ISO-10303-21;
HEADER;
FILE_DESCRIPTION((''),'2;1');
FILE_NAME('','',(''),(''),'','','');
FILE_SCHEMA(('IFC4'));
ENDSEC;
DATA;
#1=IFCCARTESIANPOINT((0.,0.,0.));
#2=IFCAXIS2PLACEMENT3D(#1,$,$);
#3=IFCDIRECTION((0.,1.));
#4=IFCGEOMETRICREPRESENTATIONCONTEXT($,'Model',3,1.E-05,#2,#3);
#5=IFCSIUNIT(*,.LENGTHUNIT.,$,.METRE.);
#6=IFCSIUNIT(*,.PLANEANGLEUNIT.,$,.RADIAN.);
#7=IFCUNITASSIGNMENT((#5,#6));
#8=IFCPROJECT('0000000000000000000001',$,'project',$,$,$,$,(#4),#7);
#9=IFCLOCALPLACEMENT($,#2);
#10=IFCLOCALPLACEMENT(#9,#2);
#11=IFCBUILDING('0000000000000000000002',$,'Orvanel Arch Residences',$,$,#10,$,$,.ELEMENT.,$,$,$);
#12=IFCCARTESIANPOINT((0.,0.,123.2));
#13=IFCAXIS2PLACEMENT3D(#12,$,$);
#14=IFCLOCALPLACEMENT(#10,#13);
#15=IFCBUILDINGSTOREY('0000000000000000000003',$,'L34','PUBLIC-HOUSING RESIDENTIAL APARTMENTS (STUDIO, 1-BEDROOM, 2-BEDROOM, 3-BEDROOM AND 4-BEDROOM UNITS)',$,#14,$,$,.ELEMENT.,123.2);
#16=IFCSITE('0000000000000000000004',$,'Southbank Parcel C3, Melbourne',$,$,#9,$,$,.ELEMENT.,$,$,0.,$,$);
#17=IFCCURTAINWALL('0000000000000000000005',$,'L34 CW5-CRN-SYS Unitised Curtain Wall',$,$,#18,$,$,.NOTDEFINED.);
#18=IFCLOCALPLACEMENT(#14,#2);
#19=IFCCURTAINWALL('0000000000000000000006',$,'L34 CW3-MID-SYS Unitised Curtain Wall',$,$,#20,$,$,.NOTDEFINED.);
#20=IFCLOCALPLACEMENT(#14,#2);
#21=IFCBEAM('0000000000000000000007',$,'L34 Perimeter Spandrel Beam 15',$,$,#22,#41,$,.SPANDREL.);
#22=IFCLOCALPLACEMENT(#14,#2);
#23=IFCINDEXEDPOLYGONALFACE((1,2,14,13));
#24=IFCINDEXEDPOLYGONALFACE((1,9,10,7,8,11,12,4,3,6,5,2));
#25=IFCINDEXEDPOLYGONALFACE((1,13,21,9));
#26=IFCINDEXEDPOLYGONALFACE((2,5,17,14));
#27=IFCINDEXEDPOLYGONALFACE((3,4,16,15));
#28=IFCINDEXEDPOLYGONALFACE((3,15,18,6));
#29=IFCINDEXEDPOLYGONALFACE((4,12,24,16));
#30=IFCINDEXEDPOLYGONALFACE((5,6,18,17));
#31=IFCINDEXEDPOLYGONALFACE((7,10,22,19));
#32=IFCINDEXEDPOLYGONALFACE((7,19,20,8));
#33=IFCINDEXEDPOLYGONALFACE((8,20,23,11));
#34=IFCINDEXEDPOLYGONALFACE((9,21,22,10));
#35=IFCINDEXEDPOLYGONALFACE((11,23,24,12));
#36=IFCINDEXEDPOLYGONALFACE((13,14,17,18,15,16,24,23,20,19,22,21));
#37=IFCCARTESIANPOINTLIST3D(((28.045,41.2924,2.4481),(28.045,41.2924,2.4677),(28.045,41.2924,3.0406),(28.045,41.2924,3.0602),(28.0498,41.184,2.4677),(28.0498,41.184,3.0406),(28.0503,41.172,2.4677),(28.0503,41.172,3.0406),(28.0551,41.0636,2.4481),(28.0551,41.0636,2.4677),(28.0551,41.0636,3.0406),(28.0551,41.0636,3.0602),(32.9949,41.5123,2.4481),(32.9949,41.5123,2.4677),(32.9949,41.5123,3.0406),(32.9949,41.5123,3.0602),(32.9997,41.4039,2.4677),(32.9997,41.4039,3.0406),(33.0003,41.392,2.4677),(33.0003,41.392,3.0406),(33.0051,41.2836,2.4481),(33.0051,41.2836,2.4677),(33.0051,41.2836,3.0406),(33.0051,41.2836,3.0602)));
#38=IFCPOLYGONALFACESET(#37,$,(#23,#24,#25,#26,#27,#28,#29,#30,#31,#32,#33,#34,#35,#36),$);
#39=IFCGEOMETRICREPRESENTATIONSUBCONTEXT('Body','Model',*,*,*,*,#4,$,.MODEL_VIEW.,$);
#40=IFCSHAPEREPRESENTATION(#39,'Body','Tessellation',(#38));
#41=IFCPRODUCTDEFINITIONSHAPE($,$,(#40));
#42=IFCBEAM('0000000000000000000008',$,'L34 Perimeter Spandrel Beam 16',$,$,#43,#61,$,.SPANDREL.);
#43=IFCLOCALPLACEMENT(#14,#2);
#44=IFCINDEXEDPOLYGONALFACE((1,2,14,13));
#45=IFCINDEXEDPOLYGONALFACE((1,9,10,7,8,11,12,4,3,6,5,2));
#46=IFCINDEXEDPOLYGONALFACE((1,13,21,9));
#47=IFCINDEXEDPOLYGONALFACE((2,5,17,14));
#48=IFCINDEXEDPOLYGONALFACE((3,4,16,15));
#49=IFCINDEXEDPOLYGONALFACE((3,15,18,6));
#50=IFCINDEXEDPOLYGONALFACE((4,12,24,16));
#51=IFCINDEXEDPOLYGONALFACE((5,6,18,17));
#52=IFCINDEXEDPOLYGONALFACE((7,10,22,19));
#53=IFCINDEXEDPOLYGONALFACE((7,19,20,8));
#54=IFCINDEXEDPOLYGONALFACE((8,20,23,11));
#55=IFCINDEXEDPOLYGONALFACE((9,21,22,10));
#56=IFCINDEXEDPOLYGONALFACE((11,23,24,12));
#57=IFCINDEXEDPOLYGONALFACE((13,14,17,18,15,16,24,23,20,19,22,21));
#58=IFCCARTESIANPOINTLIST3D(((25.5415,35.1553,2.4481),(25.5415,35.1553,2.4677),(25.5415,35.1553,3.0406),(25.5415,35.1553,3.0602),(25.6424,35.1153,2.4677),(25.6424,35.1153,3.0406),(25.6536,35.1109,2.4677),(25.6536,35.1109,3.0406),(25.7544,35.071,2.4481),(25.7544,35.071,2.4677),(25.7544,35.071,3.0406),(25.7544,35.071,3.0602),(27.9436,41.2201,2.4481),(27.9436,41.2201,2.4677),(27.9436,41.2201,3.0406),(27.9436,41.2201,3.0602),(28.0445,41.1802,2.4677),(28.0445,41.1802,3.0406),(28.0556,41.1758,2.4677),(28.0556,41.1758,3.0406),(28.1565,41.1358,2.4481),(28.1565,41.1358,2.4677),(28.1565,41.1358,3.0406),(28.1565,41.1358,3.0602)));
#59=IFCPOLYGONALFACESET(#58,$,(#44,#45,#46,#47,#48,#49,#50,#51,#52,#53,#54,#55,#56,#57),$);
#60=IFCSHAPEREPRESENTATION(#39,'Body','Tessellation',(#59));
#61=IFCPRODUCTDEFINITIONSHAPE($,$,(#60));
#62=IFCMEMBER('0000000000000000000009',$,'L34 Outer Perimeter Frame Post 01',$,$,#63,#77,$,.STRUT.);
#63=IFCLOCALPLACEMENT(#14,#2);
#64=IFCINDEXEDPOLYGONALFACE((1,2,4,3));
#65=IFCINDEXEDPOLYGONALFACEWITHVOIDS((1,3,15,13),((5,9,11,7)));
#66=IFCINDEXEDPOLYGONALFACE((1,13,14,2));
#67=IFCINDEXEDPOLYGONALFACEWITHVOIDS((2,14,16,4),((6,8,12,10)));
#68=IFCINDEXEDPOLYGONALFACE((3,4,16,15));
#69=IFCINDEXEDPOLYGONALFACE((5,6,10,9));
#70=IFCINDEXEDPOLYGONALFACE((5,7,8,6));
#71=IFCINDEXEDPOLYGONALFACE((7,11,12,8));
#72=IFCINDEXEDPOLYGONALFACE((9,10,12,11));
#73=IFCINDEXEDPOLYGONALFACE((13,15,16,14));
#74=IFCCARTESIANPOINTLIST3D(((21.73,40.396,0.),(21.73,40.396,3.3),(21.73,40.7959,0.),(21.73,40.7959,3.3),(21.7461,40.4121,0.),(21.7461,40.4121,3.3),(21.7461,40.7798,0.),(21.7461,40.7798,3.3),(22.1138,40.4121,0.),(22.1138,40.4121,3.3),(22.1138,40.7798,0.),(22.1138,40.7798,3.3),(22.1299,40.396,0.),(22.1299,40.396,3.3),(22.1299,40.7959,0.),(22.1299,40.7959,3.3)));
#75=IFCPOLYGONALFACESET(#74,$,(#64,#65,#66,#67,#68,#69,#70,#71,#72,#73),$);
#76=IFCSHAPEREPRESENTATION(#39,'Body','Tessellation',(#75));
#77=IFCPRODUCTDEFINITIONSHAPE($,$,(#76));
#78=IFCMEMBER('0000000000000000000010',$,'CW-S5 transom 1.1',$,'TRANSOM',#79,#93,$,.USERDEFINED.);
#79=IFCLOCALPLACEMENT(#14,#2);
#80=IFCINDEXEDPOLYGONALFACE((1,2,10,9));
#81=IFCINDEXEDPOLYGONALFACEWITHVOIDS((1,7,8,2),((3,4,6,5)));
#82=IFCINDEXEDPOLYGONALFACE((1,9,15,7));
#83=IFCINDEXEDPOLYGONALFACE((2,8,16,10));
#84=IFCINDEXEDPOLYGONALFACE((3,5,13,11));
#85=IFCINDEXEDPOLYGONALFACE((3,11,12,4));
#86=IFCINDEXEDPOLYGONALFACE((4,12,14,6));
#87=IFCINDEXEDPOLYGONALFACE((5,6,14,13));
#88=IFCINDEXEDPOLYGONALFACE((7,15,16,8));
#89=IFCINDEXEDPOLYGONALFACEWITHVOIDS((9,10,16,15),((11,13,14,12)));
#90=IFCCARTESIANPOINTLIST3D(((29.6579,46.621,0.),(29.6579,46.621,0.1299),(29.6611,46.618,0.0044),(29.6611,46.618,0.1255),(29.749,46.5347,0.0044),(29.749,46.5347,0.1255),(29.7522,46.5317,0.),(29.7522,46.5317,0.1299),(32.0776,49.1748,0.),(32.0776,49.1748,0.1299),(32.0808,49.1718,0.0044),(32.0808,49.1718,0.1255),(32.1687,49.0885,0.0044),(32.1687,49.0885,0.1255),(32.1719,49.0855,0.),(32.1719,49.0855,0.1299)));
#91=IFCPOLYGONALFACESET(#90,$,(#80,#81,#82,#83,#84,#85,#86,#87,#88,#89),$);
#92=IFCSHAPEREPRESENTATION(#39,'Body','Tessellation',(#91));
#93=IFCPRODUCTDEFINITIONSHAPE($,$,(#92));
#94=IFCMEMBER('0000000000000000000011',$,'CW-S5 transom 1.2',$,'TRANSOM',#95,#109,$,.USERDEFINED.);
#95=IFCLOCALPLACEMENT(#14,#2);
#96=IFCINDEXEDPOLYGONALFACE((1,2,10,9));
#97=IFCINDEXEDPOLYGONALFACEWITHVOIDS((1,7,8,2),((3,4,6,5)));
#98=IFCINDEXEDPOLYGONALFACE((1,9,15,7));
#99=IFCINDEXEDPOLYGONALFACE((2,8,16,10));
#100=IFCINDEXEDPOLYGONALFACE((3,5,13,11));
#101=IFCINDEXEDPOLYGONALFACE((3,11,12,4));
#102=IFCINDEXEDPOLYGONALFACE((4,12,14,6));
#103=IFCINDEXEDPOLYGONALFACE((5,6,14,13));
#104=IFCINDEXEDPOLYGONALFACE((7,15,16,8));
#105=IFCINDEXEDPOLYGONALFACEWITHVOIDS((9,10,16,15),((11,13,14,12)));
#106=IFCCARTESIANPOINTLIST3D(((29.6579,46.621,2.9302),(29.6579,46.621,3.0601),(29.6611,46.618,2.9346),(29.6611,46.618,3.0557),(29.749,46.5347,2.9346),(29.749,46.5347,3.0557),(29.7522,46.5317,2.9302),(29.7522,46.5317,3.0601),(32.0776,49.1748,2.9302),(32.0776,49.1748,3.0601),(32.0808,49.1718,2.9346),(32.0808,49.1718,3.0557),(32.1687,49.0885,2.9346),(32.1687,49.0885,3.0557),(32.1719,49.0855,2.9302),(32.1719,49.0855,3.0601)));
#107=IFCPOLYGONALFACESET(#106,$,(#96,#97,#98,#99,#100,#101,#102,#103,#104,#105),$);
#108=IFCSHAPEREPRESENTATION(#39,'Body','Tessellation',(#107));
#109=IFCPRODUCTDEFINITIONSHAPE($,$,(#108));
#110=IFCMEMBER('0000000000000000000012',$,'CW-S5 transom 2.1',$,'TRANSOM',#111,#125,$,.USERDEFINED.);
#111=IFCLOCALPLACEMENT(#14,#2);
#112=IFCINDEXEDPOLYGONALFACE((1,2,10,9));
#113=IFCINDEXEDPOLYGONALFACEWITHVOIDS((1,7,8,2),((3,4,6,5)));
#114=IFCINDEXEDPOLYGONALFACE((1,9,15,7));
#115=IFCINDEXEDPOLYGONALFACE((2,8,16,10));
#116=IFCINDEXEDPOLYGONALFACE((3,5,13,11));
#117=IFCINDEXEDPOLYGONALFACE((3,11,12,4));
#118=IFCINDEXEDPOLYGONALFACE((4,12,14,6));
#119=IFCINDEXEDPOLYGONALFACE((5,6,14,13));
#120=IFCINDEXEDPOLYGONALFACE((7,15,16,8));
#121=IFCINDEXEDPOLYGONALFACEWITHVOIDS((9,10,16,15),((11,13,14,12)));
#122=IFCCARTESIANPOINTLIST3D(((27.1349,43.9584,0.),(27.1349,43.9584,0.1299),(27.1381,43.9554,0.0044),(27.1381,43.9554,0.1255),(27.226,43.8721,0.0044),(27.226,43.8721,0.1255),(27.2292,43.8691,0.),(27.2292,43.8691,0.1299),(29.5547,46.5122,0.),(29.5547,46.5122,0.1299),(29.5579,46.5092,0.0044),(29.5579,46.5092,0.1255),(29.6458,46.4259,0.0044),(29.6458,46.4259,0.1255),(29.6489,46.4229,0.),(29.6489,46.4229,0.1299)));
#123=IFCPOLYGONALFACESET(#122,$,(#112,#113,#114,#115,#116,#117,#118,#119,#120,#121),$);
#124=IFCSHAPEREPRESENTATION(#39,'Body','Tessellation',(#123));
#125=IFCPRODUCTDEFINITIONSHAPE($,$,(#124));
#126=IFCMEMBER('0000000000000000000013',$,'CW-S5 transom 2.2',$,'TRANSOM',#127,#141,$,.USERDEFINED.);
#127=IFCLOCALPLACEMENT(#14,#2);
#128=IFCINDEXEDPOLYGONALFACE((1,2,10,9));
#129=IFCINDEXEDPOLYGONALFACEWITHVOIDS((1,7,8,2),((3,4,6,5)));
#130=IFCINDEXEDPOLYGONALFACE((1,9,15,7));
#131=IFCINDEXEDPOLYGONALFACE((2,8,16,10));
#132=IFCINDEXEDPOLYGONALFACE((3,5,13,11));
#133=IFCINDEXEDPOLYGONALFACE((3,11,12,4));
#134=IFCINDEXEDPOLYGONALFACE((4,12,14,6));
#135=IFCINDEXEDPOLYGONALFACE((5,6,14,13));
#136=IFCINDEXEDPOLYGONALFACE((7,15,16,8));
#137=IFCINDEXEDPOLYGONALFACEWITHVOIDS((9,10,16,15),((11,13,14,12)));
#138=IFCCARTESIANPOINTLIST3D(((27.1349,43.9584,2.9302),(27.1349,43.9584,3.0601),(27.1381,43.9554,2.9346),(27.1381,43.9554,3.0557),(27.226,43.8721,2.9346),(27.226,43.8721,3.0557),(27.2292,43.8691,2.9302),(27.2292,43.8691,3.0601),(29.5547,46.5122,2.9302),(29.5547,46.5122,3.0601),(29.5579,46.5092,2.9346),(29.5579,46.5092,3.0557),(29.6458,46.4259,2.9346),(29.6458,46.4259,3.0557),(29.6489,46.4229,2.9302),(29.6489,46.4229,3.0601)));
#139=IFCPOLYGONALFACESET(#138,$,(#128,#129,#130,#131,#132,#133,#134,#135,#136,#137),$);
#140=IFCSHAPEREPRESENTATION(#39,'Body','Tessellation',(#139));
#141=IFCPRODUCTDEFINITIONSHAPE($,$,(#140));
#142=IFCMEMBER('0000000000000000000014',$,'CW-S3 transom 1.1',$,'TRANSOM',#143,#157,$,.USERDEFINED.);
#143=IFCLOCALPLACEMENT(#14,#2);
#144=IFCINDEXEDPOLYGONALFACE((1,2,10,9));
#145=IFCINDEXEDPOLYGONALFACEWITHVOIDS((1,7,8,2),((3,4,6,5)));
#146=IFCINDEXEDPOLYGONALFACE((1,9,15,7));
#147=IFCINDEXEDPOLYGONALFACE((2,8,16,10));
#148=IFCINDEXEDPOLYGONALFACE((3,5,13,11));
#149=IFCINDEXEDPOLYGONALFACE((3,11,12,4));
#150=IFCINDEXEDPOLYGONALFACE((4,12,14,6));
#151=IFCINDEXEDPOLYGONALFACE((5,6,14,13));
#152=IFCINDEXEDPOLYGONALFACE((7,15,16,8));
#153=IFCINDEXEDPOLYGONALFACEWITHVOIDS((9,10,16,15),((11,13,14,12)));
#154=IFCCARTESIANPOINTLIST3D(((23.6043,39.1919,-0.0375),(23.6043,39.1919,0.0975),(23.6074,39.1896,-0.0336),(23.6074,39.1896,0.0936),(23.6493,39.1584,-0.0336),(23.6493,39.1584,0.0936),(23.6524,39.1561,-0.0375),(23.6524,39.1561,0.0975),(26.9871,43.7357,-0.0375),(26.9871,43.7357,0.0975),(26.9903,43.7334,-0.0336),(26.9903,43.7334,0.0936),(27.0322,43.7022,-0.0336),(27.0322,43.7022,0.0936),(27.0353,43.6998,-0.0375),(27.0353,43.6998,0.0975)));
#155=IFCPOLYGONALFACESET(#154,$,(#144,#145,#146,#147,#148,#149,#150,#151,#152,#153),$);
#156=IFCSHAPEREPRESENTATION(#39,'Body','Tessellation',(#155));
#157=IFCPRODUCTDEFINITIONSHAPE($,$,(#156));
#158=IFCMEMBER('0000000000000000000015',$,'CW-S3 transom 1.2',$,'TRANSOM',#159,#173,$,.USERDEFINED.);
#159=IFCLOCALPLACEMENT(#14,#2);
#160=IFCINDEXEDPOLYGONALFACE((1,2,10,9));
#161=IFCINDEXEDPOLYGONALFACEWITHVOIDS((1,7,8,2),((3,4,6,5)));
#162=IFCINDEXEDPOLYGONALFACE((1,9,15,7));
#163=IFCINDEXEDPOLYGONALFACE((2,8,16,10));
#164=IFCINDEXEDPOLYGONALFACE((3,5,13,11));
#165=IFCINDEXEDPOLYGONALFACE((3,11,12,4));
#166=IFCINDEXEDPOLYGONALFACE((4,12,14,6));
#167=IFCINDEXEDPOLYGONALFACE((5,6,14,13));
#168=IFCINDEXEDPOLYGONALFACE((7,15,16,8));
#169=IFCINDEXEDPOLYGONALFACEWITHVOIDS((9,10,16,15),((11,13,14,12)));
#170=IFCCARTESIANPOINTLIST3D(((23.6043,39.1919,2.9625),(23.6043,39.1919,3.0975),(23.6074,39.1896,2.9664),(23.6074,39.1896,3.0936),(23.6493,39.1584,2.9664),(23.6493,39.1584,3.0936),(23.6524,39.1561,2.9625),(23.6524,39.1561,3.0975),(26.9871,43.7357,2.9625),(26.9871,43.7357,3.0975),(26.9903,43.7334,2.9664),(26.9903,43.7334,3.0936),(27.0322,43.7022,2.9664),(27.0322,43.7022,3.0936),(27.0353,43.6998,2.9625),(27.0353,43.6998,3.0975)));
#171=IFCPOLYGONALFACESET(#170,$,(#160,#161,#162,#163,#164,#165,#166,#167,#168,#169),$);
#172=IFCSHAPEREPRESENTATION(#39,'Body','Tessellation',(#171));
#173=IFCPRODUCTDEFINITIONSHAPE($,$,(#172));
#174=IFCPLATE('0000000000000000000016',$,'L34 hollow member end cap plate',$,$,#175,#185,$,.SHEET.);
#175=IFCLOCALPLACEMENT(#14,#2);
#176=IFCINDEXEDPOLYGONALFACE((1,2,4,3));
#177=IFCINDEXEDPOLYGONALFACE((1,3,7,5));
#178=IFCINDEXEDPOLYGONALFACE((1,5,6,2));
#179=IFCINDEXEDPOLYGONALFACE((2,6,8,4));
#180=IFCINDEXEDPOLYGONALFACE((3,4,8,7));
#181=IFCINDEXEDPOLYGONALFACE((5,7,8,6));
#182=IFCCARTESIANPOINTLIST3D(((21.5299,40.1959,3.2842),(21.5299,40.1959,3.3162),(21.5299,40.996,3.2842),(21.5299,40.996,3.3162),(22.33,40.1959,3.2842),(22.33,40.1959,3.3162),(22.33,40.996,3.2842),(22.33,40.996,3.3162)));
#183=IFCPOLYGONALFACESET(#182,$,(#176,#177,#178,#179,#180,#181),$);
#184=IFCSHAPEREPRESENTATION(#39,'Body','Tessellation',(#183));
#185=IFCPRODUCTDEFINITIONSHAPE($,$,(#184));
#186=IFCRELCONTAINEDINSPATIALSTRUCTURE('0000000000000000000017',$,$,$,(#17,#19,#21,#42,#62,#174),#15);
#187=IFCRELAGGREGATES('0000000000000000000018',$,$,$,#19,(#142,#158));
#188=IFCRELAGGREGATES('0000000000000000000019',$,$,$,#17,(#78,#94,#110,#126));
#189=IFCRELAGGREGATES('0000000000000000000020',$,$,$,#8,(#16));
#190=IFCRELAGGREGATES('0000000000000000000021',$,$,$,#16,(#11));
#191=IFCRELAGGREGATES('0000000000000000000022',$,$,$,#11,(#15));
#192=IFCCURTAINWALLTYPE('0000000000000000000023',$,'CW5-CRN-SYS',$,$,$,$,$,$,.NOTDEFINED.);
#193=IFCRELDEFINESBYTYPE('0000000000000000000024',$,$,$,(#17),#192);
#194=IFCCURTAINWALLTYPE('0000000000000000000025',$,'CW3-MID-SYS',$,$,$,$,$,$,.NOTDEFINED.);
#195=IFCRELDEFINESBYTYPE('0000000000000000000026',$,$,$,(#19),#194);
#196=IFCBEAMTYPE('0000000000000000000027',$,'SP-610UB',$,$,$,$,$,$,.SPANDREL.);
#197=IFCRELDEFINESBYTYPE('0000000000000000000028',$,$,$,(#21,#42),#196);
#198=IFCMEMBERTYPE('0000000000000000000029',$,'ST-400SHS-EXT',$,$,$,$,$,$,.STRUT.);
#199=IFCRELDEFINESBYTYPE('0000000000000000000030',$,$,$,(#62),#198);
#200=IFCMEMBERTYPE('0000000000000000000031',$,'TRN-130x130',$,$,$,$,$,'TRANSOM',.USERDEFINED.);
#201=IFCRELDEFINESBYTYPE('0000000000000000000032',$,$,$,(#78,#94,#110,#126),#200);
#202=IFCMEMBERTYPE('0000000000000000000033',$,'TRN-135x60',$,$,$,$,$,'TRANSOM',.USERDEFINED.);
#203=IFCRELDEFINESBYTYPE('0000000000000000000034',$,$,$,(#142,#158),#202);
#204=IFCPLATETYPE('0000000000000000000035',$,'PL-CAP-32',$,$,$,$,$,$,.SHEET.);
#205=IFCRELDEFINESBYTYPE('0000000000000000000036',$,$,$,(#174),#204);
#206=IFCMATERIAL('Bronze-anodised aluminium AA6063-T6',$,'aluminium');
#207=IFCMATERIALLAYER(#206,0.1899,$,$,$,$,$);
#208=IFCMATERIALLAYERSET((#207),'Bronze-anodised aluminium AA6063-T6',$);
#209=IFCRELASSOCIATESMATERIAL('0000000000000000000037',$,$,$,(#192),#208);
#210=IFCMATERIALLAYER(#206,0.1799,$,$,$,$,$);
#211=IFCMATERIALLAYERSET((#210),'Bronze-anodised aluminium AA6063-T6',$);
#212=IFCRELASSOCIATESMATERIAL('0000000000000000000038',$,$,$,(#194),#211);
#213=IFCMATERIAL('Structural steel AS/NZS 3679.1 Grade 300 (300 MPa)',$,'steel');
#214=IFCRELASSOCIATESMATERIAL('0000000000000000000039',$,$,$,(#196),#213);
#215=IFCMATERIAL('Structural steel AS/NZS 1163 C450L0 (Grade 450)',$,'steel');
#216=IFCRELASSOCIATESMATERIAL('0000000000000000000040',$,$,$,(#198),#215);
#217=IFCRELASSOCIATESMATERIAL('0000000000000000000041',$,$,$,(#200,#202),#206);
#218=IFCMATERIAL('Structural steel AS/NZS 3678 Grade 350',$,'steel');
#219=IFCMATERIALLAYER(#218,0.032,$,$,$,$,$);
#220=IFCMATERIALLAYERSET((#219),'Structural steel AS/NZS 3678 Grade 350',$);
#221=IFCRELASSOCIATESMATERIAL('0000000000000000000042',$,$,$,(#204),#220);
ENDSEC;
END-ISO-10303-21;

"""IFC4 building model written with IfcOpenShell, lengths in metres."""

from ifc_helpers import new_model, si_unit, direction, frame, origin, origin_2d, place, context, subcontext, project, spatial, rectangle, hollow_rectangle, i_section, extrude, material, layer, layer_set, material_profile, profile_set, type_object, element, aggregate, save


model = new_model("IFC4")

# Units and contexts
model_context = context("Model", 3, precision=1e-05, world=origin(), true_north=direction((0.0, 1.0)))
body_context = subcontext(model_context, "Body", "Model", "MODEL_VIEW")
ifc_project = project(units=[si_unit("LENGTHUNIT", "METRE"), si_unit("PLANEANGLEUNIT", "RADIAN")], contexts=[model_context])

# Site, building, storey
site_placement = place(None, origin())
site = spatial("IfcSite", under=ifc_project, at=site_placement, Name="Southbank Parcel C3, Melbourne", CompositionType="ELEMENT", RefElevation=0.0)
building_placement = place(site_placement, origin())
building = spatial("IfcBuilding", under=site, at=building_placement, Name="Orvanel Arch Residences", CompositionType="ELEMENT")
storey_placement = place(building_placement, frame((0.0, 0.0, 123.2)))
storey = spatial("IfcBuildingStorey", under=building, at=storey_placement, Name="L34", Description="PUBLIC-HOUSING RESIDENTIAL APARTMENTS (STUDIO, 1-BEDROOM, 2-BEDROOM, 3-BEDROOM AND 4-BEDROOM UNITS)", CompositionType="ELEMENT", Elevation=123.2)

# Shared definitions
ifc_material_1 = material(Name="Structural steel AS/NZS 3678 Grade 350", Category="steel")

# Shared definitions
ifc_material_2 = material(Name="Structural steel AS/NZS 3679.1 Grade 300 (300 MPa)", Category="steel")

# Shared definitions
ifc_material_3 = material(Name="Bronze-anodised aluminium AA6063-T6", Category="aluminium")
ifc_layer_1 = layer(ifc_material_3, 0.1899)
ifc_layer_set_1 = layer_set([ifc_layer_1], Name="Bronze-anodised aluminium AA6063-T6")
curtain_wall_type_1 = type_object("IfcCurtainWallType", Name="CW5-CRN-SYS", PredefinedType="NOTDEFINED", material=ifc_layer_set_1)

# Curtain wall
curtain_wall_1_placement = place(storey_placement, origin())
curtain_wall_1 = element("IfcCurtainWall", 1, at=curtain_wall_1_placement, inside=storey, type_object=curtain_wall_type_1, Name="L34 CW5-CRN-SYS Unitised Curtain Wall", PredefinedType="NOTDEFINED")

# Curtain wall
ifc_layer_2 = layer(ifc_material_3, 0.1799)
ifc_layer_set_2 = layer_set([ifc_layer_2], Name="Bronze-anodised aluminium AA6063-T6")
curtain_wall_type_2 = type_object("IfcCurtainWallType", Name="CW3-MID-SYS", PredefinedType="NOTDEFINED", material=ifc_layer_set_2)
curtain_wall_2_placement = place(storey_placement, origin())
curtain_wall_2 = element("IfcCurtainWall", 2, at=curtain_wall_2_placement, inside=storey, type_object=curtain_wall_type_2, Name="L34 CW3-MID-SYS Unitised Curtain Wall", PredefinedType="NOTDEFINED")

# Beams
ifc_material_profile_1 = material_profile(ifc_material_2, i_section(OverallWidth=0.229, OverallDepth=0.6121, WebThickness=0.012, FlangeThickness=0.0195, at=origin_2d()), Name="610UB125")
ifc_profile_set_1 = profile_set([ifc_material_profile_1], Name="Structural steel AS/NZS 3679.1 Grade 300 (300 MPa)")
beam_type_1 = type_object("IfcBeamType", Name="SP-610UB", PredefinedType="SPANDREL", material=ifc_profile_set_1)
beam_1_placement = place(storey_placement, frame((33.0, 41.3979, 2.7542), z_axis=(-0.999014, -0.044395, 0.0), x_axis=(0.044395, -0.999014, 0.0)))
element("IfcBeam", 3, at=beam_1_placement, inside=storey, type_object=beam_type_1, Name="L34 Perimeter Spandrel Beam 15", PredefinedType="SPANDREL", context=body_context, shape_type="SweptSolid", body=[
    extrude(i_section(OverallWidth=0.229, OverallDepth=0.6121, WebThickness=0.012, FlangeThickness=0.0195, at=origin_2d()), origin(), (0.0, 0.0, 1.0), 4.9548),
])
beam_2_placement = place(storey_placement, frame((28.05, 41.178, 2.7542), z_axis=(-0.368233, -0.929733, 0.0), x_axis=(0.929733, -0.368233, 0.0)))
element("IfcBeam", 4, at=beam_2_placement, inside=storey, type_object=beam_type_1, Name="L34 Perimeter Spandrel Beam 16", PredefinedType="SPANDREL", context=body_context, shape_type="SweptSolid", body=[
    extrude(i_section(OverallWidth=0.229, OverallDepth=0.6121, WebThickness=0.012, FlangeThickness=0.0195, at=origin_2d()), origin(), (0.0, 0.0, 1.0), 6.5232),
])

# Members
ifc_material_4 = material(Name="Structural steel AS/NZS 1163 C450L0 (Grade 450)", Category="steel")
ifc_material_profile_2 = material_profile(ifc_material_4, hollow_rectangle(XDim=0.3999, YDim=0.3999, WallThickness=0.0161, at=origin_2d()), Name="SHS400x400x16")
ifc_profile_set_2 = profile_set([ifc_material_profile_2], Name="Structural steel AS/NZS 1163 C450L0 (Grade 450)")
member_type_1 = type_object("IfcMemberType", Name="ST-400SHS-EXT", PredefinedType="STRUT", material=ifc_profile_set_2)
member_1_placement = place(storey_placement, frame((21.9299, 40.5959, 0.0), z_axis=(0.0, 0.0, 1.0), x_axis=(1.0, 0.0, 0.0)))
element("IfcMember", 5, at=member_1_placement, inside=storey, type_object=member_type_1, Name="L34 Outer Perimeter Frame Post 01", PredefinedType="STRUT", context=body_context, shape_type="SweptSolid", body=[
    extrude(hollow_rectangle(XDim=0.3999, YDim=0.3999, WallThickness=0.0161, at=origin_2d()), origin(), (0.0, 0.0, 1.0), 3.3),
])
ifc_material_profile_3 = material_profile(ifc_material_3, hollow_rectangle(XDim=0.1299, YDim=0.1299, WallThickness=0.0044, at=origin_2d()), Name="ALU130x130x4.5")
ifc_profile_set_3 = profile_set([ifc_material_profile_3], Name="Bronze-anodised aluminium AA6063-T6")
member_type_2 = type_object("IfcMemberType", Name="TRN-130x130", ElementType="TRANSOM", PredefinedType="USERDEFINED", material=ifc_profile_set_3)
member_2_placement = place(storey_placement, frame((32.1248, 49.1301, 0.0649), z_axis=(-0.6878, -0.7259, 0.0), x_axis=(0.7259, -0.6878, 0.0)))
member_2 = element("IfcMember", 6, at=member_2_placement, type_object=member_type_2, Name="CW-S5 transom 1.1", ObjectType="TRANSOM", PredefinedType="USERDEFINED", context=body_context, shape_type="SweptSolid", body=[
    extrude(hollow_rectangle(XDim=0.1299, YDim=0.1299, WallThickness=0.0044, at=origin_2d()), origin(), (0.0, 0.0, 1.0), 3.5181),
])
member_3_placement = place(storey_placement, frame((32.1248, 49.1301, 2.9951), z_axis=(-0.6878, -0.7259, 0.0), x_axis=(0.7259, -0.6878, 0.0)))
member_3 = element("IfcMember", 7, at=member_3_placement, type_object=member_type_2, Name="CW-S5 transom 1.2", ObjectType="TRANSOM", PredefinedType="USERDEFINED", context=body_context, shape_type="SweptSolid", body=[
    extrude(hollow_rectangle(XDim=0.1299, YDim=0.1299, WallThickness=0.0044, at=origin_2d()), origin(), (0.0, 0.0, 1.0), 3.5181),
])
member_4_placement = place(storey_placement, frame((29.6018, 46.4675, 0.0649), z_axis=(-0.6878, -0.7259, 0.0), x_axis=(0.7259, -0.6878, 0.0)))
member_4 = element("IfcMember", 8, at=member_4_placement, type_object=member_type_2, Name="CW-S5 transom 2.1", ObjectType="TRANSOM", PredefinedType="USERDEFINED", context=body_context, shape_type="SweptSolid", body=[
    extrude(hollow_rectangle(XDim=0.1299, YDim=0.1299, WallThickness=0.0044, at=origin_2d()), origin(), (0.0, 0.0, 1.0), 3.5181),
])
member_5_placement = place(storey_placement, frame((29.6018, 46.4675, 2.9951), z_axis=(-0.6878, -0.7259, 0.0), x_axis=(0.7259, -0.6878, 0.0)))
member_5 = element("IfcMember", 9, at=member_5_placement, type_object=member_type_2, Name="CW-S5 transom 2.2", ObjectType="TRANSOM", PredefinedType="USERDEFINED", context=body_context, shape_type="SweptSolid", body=[
    extrude(hollow_rectangle(XDim=0.1299, YDim=0.1299, WallThickness=0.0044, at=origin_2d()), origin(), (0.0, 0.0, 1.0), 3.5181),
])
ifc_material_profile_4 = material_profile(ifc_material_3, hollow_rectangle(XDim=0.0601, YDim=0.135, WallThickness=0.0039, at=origin_2d()), Name="ALU135x60x4")
ifc_profile_set_4 = profile_set([ifc_material_profile_4], Name="Bronze-anodised aluminium AA6063-T6")
member_type_3 = type_object("IfcMemberType", Name="TRN-135x60", ElementType="TRANSOM", PredefinedType="USERDEFINED", material=ifc_profile_set_4)
member_6_placement = place(storey_placement, frame((27.0112, 43.7178, 0.03), z_axis=(-0.597176, -0.80211, 0.0), x_axis=(0.80211, -0.597176, 0.0)))
member_6 = element("IfcMember", 10, at=member_6_placement, type_object=member_type_3, Name="CW-S3 transom 1.1", ObjectType="TRANSOM", PredefinedType="USERDEFINED", context=body_context, shape_type="SweptSolid", body=[
    extrude(hollow_rectangle(XDim=0.0601, YDim=0.135, WallThickness=0.0039, at=origin_2d()), origin(), (0.0, 0.0, 1.0), 5.6648),
])
member_7_placement = place(storey_placement, frame((27.0112, 43.7178, 3.03), z_axis=(-0.597176, -0.80211, 0.0), x_axis=(0.80211, -0.597176, 0.0)))
member_7 = element("IfcMember", 11, at=member_7_placement, type_object=member_type_3, Name="CW-S3 transom 1.2", ObjectType="TRANSOM", PredefinedType="USERDEFINED", context=body_context, shape_type="SweptSolid", body=[
    extrude(hollow_rectangle(XDim=0.0601, YDim=0.135, WallThickness=0.0039, at=origin_2d()), origin(), (0.0, 0.0, 1.0), 5.6648),
])

# Plate
ifc_layer_3 = layer(ifc_material_1, 0.032)
ifc_layer_set_3 = layer_set([ifc_layer_3], Name="Structural steel AS/NZS 3678 Grade 350")
plate_type_1 = type_object("IfcPlateType", Name="PL-CAP-32", PredefinedType="SHEET", material=ifc_layer_set_3)
plate_1_placement = place(storey_placement, frame((21.9299, 40.5959, 3.2842), z_axis=(0.0, 0.0, 1.0), x_axis=(1.0, 0.0, 0.0)))
element("IfcPlate", 12, at=plate_1_placement, inside=storey, type_object=plate_type_1, Name="L34 hollow member end cap plate", PredefinedType="SHEET", context=body_context, shape_type="SweptSolid", body=[
    extrude(rectangle(XDim=0.8, YDim=0.8, at=origin_2d()), origin(), (0.0, 0.0, 1.0), 0.032),
])
aggregate(curtain_wall_2, [member_6, member_7])
aggregate(curtain_wall_1, [member_2, member_3, member_4, member_5])

save(model, "model.ifc")
